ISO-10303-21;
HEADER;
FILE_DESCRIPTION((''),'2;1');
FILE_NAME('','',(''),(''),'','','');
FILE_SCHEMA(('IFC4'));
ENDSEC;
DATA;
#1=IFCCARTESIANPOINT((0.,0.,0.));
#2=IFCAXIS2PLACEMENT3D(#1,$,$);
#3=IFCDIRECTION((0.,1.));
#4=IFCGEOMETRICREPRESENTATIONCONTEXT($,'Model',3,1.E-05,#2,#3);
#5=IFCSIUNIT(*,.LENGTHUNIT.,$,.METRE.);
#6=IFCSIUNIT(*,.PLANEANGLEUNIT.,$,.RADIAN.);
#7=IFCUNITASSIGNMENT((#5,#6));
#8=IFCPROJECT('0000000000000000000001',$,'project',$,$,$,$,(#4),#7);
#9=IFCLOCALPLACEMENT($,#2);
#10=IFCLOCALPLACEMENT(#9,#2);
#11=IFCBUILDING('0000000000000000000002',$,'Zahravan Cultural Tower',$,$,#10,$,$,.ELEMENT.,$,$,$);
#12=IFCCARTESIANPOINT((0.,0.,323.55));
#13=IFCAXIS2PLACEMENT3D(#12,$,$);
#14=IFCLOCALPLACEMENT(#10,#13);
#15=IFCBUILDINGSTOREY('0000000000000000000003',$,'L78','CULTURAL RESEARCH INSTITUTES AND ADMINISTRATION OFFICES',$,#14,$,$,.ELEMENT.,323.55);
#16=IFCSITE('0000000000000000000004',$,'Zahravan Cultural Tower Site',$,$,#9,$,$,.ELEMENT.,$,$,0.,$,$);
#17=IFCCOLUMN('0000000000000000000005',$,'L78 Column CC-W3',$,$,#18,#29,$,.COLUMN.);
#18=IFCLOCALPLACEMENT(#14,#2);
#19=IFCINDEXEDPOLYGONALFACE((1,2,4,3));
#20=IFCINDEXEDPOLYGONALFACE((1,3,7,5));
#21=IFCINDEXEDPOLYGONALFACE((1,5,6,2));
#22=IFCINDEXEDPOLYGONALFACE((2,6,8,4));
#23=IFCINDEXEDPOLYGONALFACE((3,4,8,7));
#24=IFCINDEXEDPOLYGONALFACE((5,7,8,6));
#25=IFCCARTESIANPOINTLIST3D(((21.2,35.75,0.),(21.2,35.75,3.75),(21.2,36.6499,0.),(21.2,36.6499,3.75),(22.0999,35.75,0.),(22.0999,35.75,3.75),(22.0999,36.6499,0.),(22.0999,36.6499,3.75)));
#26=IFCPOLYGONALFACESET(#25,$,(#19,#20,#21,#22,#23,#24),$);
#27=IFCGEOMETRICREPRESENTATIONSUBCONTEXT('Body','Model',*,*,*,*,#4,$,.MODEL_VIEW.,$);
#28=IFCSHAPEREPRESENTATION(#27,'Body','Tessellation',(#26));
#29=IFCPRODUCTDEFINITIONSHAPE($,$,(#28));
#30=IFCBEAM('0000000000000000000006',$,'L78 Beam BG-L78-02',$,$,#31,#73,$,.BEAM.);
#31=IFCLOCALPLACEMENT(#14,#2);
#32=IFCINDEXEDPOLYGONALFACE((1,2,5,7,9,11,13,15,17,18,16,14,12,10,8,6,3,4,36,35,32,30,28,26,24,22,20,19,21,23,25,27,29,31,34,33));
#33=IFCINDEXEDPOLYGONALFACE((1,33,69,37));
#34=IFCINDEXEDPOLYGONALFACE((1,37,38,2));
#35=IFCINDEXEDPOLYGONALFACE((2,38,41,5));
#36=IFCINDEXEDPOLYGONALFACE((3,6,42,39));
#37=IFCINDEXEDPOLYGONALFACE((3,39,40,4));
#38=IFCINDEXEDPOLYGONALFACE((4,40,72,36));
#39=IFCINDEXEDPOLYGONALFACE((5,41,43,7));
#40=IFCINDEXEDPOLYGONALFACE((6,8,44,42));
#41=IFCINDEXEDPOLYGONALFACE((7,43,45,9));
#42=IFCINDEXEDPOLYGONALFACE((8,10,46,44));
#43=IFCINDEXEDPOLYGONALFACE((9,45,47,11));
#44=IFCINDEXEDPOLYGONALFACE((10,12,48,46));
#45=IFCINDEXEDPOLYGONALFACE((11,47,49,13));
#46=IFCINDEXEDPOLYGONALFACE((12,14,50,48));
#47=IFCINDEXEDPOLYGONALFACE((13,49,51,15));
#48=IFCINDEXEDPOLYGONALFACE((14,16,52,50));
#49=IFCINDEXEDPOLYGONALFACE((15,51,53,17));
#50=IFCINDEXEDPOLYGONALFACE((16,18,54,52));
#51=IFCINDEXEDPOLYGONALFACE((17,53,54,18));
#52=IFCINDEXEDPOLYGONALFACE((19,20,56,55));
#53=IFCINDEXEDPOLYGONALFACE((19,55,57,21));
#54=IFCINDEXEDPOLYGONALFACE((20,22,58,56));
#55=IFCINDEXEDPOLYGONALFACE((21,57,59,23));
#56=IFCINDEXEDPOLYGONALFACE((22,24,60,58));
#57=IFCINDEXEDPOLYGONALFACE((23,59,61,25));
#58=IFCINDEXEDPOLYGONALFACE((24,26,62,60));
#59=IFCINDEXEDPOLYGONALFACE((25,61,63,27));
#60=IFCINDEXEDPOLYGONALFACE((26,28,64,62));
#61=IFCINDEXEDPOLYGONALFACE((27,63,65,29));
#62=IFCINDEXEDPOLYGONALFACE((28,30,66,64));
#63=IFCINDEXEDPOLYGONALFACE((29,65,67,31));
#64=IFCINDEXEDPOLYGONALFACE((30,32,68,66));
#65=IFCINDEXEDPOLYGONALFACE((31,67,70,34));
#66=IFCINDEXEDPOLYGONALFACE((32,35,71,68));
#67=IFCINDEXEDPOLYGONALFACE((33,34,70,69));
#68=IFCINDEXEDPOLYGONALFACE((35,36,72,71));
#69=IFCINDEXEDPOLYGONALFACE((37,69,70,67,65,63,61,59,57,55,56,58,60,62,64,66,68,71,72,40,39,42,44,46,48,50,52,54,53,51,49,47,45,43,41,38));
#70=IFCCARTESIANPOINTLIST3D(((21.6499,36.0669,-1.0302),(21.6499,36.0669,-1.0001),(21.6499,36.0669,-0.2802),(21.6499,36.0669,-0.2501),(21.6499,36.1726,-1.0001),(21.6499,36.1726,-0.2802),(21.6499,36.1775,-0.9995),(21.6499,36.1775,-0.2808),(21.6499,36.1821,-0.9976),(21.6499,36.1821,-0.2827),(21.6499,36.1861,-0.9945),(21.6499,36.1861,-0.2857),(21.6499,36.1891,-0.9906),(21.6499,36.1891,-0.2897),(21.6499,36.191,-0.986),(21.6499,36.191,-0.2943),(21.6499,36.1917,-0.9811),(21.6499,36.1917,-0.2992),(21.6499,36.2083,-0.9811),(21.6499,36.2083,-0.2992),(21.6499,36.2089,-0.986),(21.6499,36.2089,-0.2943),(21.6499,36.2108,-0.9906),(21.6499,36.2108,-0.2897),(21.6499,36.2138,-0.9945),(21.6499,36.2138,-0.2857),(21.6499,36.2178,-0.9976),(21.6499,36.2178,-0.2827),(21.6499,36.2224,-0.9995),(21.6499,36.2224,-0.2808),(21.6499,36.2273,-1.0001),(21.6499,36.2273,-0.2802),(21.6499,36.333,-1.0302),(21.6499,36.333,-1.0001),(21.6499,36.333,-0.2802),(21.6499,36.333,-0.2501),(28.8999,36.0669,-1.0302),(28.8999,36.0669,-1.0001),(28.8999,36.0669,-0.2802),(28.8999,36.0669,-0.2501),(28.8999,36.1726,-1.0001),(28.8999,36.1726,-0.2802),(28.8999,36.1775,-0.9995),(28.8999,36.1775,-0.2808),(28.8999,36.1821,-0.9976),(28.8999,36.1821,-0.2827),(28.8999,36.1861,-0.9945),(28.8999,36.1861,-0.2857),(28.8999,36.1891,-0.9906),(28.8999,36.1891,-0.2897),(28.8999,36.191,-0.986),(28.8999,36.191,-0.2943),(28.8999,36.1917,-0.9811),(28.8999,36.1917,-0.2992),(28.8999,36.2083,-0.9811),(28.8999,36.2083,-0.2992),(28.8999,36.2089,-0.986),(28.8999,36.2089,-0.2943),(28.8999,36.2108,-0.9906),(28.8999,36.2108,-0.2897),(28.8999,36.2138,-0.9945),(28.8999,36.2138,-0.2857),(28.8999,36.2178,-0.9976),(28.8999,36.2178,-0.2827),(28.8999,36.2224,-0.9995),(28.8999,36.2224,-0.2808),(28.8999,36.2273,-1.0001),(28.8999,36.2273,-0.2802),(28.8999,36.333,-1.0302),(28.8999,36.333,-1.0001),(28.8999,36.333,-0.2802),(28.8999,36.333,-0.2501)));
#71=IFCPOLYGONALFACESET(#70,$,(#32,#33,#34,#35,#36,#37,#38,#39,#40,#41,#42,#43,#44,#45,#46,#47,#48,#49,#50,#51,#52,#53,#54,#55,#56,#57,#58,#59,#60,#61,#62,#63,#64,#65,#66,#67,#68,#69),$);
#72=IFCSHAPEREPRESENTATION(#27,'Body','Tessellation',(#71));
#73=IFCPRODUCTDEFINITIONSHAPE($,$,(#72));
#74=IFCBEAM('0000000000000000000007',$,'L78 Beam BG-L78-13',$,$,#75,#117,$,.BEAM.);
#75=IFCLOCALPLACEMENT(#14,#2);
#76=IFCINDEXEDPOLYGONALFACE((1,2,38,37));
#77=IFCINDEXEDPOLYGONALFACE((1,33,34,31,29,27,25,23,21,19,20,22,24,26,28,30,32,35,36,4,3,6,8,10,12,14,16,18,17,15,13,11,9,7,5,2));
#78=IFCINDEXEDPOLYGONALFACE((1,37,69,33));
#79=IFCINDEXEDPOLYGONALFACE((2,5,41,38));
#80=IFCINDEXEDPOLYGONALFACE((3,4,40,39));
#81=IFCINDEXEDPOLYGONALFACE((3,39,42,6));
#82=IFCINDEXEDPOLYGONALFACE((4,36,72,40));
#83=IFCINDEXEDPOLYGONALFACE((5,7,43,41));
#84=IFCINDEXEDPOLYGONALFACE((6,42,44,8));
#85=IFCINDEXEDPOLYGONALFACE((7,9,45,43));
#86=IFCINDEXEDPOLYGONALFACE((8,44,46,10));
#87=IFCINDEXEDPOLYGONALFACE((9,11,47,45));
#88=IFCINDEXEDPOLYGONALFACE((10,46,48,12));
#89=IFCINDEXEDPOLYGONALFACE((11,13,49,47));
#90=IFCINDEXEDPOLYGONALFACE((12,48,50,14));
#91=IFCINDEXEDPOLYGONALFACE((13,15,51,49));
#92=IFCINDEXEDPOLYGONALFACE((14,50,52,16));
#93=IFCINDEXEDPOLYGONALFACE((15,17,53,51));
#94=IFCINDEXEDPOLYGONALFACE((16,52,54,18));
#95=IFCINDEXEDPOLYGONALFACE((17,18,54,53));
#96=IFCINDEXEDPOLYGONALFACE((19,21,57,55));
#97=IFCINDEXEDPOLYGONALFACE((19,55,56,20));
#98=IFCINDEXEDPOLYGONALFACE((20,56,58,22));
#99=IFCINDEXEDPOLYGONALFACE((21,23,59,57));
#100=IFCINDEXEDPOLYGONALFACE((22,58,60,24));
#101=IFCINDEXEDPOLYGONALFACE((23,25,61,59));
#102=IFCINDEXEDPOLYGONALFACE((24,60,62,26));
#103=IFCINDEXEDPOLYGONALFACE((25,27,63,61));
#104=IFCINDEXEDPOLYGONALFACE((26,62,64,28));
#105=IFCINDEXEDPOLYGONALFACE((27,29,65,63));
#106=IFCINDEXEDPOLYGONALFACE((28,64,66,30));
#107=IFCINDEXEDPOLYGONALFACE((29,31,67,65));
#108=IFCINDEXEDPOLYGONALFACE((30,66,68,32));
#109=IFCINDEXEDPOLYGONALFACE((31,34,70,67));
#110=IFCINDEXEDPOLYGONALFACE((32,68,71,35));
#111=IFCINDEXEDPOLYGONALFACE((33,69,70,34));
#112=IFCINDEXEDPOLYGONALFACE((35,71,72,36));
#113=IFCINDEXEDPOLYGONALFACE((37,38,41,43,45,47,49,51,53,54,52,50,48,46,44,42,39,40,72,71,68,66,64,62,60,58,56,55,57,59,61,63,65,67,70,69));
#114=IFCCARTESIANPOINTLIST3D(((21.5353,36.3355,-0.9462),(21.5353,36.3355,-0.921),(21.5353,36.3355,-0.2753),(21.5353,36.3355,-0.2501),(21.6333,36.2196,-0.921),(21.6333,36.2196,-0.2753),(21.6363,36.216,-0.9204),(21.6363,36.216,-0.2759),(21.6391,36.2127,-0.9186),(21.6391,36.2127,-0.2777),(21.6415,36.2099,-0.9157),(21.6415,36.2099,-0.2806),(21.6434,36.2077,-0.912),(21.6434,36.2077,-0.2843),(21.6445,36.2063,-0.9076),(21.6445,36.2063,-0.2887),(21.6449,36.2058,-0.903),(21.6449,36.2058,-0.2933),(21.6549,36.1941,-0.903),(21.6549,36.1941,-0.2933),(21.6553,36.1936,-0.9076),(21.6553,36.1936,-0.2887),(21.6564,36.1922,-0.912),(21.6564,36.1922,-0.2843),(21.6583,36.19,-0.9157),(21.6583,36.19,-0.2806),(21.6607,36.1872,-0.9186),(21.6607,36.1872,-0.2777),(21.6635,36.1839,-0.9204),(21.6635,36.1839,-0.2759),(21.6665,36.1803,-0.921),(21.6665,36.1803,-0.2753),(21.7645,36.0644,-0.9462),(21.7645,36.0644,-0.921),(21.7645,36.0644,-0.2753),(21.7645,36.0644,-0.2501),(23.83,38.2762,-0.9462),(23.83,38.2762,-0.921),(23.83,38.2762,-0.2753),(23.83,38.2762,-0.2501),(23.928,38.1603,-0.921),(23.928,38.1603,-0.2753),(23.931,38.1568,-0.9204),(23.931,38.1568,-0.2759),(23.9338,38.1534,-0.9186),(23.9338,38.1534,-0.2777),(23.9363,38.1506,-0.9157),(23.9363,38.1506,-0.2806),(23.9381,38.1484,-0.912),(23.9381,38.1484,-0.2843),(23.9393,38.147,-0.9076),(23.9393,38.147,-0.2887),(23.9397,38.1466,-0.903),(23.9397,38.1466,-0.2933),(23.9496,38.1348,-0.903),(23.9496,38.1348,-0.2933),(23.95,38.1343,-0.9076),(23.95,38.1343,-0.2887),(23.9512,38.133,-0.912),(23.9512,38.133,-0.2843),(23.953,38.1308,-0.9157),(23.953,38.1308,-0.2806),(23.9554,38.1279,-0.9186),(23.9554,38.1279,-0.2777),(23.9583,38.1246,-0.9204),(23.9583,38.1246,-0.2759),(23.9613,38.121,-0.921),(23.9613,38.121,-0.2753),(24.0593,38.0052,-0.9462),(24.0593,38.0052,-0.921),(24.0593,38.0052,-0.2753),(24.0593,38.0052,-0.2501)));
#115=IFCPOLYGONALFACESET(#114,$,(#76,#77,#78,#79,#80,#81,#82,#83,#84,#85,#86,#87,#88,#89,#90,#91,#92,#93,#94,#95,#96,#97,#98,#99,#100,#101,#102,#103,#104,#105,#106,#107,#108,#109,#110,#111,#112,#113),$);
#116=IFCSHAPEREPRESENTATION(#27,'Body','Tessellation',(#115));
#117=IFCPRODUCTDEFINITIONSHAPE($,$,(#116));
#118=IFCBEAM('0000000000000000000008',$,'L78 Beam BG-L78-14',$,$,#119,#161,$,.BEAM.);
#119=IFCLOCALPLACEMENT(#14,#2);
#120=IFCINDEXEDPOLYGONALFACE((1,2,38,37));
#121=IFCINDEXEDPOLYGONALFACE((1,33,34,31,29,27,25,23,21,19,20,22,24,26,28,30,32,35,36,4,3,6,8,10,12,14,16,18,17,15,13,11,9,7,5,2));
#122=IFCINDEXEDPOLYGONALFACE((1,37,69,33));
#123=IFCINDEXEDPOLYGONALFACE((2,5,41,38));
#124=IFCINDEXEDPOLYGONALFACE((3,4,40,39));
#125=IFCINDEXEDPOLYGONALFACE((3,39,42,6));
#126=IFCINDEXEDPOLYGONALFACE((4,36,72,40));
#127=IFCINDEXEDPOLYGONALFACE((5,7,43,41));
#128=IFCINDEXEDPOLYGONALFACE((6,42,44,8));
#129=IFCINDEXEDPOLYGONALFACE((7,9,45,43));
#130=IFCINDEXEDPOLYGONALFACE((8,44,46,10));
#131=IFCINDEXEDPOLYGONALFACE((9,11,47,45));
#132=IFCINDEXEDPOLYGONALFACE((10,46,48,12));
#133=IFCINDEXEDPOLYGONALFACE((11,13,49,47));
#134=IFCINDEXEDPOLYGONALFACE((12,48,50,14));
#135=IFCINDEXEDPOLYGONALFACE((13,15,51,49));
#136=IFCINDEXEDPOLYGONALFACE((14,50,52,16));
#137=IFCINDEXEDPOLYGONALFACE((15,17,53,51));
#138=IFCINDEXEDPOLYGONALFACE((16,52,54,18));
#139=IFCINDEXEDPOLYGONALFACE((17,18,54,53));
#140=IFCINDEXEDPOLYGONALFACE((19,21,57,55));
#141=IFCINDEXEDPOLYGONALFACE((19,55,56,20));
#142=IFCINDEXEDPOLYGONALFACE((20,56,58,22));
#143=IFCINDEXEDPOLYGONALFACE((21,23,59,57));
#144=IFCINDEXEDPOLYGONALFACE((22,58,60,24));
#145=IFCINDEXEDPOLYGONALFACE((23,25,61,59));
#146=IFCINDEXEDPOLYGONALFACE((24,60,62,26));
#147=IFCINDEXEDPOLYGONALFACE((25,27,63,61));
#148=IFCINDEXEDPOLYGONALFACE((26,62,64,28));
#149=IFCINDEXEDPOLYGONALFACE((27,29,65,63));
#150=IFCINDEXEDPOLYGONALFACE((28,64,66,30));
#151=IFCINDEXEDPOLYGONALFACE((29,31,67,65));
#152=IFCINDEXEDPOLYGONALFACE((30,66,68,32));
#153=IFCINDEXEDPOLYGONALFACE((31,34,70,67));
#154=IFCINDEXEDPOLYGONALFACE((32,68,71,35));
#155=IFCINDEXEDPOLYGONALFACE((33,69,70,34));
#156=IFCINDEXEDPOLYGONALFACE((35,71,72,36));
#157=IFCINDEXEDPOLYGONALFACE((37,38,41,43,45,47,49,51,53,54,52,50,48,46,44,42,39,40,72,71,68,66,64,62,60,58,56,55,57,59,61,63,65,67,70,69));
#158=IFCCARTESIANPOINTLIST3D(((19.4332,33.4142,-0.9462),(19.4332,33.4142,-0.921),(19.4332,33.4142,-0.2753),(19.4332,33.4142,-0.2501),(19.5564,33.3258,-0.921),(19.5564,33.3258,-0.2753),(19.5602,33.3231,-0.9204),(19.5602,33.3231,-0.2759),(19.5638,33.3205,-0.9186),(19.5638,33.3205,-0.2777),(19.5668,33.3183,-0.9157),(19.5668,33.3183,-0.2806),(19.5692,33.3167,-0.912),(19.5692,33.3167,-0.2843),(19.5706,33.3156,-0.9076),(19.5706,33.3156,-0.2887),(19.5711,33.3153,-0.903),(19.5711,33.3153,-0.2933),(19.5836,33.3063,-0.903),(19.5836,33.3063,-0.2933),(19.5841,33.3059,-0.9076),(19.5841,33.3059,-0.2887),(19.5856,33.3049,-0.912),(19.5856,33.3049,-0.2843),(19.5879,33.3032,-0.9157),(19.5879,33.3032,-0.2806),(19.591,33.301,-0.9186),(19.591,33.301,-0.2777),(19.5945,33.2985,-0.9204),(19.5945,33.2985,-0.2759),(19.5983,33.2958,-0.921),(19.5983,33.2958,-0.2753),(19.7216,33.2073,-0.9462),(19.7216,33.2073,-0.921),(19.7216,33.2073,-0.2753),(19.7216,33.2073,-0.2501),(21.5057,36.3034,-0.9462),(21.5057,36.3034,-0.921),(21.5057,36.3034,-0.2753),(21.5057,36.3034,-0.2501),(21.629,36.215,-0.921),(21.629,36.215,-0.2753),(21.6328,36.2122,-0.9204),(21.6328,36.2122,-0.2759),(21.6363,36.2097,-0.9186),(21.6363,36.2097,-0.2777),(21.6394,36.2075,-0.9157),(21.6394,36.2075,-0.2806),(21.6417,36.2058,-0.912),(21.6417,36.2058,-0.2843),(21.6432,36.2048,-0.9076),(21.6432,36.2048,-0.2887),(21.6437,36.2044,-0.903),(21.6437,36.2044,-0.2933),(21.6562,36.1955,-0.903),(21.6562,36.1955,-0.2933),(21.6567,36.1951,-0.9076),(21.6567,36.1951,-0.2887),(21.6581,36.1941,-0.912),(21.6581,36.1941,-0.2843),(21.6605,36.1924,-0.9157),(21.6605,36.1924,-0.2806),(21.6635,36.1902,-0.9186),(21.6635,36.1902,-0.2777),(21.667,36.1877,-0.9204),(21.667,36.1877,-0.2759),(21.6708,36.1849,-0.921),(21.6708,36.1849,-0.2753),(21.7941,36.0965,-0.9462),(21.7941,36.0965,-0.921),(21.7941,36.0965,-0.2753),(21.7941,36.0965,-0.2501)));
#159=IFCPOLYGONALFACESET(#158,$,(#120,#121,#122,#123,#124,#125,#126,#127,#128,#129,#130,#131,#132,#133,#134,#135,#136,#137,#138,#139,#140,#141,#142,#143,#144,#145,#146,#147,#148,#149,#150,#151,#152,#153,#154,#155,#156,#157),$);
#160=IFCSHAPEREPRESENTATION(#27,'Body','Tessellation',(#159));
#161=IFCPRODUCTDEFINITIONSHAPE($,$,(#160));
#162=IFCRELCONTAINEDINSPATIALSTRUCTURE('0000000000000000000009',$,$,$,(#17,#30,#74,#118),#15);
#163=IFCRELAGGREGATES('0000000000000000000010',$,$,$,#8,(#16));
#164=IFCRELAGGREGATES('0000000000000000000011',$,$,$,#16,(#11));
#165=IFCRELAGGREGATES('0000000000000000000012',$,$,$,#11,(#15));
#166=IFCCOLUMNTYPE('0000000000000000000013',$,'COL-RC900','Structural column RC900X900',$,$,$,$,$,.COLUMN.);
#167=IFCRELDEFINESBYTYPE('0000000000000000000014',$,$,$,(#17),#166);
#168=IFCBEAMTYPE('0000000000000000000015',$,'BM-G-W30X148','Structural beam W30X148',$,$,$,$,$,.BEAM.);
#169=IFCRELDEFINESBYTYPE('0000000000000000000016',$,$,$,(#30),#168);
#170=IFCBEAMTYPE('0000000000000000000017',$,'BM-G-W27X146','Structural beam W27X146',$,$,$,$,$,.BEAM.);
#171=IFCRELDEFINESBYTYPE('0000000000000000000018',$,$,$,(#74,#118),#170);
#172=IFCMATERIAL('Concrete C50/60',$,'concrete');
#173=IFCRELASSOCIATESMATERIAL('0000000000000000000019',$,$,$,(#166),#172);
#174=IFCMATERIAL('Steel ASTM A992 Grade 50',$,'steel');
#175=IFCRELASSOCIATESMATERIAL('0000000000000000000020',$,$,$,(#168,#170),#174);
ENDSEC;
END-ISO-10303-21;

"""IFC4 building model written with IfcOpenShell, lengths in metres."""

from ifc_helpers import new_model, si_unit, direction, frame, origin, origin_2d, place, context, subcontext, project, spatial, rectangle, i_section, extrude, source, transform, mapped, material, material_profile, profile_set, type_object, element, save


model = new_model("IFC4")

# Units and contexts
model_context = context("Model", 3, precision=1e-05, world=origin(), true_north=direction((0.0, 1.0)))
body_context = subcontext(model_context, "Body", "Model", "MODEL_VIEW")
ifc_project = project(units=[si_unit("LENGTHUNIT", "METRE"), si_unit("PLANEANGLEUNIT", "RADIAN")], contexts=[model_context])

# Site, building, storey
site_placement = place(None, origin())
site = spatial("IfcSite", under=ifc_project, at=site_placement, Name="Zahravan Cultural Tower Site", CompositionType="ELEMENT", RefElevation=0.0)
building_placement = place(site_placement, origin())
building = spatial("IfcBuilding", under=site, at=building_placement, Name="Zahravan Cultural Tower", CompositionType="ELEMENT")
storey_placement = place(building_placement, frame((0.0, 0.0, 323.55)))
storey = spatial("IfcBuildingStorey", under=building, at=storey_placement, Name="L78", Description="CULTURAL RESEARCH INSTITUTES AND ADMINISTRATION OFFICES", CompositionType="ELEMENT", Elevation=323.55)

# Column
ifc_material_1 = material(Name="Concrete C50/60", Category="concrete")
ifc_material_profile_1 = material_profile(ifc_material_1, rectangle(XDim=0.8999, YDim=0.8999, at=origin_2d()), Name="RC900X900")
ifc_profile_set_1 = profile_set([ifc_material_profile_1], Name="Concrete C50/60")
column_type = type_object("IfcColumnType", Name="COL-RC900", Description="Structural column RC900X900", PredefinedType="COLUMN", material=ifc_profile_set_1)
shared_shape_1 = source(origin(), body_context, "Body", "SweptSolid", [
    extrude(rectangle(XDim=0.8999, YDim=0.8999, at=origin_2d()), origin(), (0.0, 0.0, 1.0), 3.75),
])
column_placement = place(storey_placement, frame((21.6499, 36.2, 0.0), z_axis=(0.0, 0.0, 1.0), x_axis=(1.0, 0.0, 0.0)))
element("IfcColumn", 1, at=column_placement, inside=storey, type_object=column_type, Name="L78 Column CC-W3", PredefinedType="COLUMN", context=body_context, shape_type="MappedRepresentation", body=[
    mapped(shared_shape_1, transform((0.0, 0.0, 0.0), x_axis=(1.0, 0.0, 0.0), y_axis=(0.0, 1.0, 0.0), z_axis=(0.0, 0.0, 1.0), scale=1.0)),
])

# Beams
ifc_material_2 = material(Name="Steel ASTM A992 Grade 50", Category="steel")
ifc_material_profile_2 = material_profile(ifc_material_2, i_section(OverallWidth=0.2661, OverallDepth=0.78, WebThickness=0.0166, FlangeThickness=0.03, FilletRadius=0.019, at=origin_2d()), Name="W30X148")
ifc_profile_set_2 = profile_set([ifc_material_profile_2], Name="Steel ASTM A992 Grade 50")
beam_type_1 = type_object("IfcBeamType", Name="BM-G-W30X148", Description="Structural beam W30X148", PredefinedType="BEAM", material=ifc_profile_set_2)
shared_shape_2 = source(origin(), body_context, "Body", "SweptSolid", [
    extrude(i_section(OverallWidth=0.2661, OverallDepth=0.78, WebThickness=0.0166, FlangeThickness=0.03, FilletRadius=0.019, at=origin_2d()), origin(), (0.0, 0.0, 1.0), 7.25),
])
beam_1_placement = place(storey_placement, frame((21.6499, 36.2, -0.6401), z_axis=(1.0, 0.0, 0.0), x_axis=(0.0, 1.0, 0.0)))
element("IfcBeam", 2, at=beam_1_placement, inside=storey, type_object=beam_type_1, Name="L78 Beam BG-L78-02", PredefinedType="BEAM", context=body_context, shape_type="MappedRepresentation", body=[
    mapped(shared_shape_2, transform((0.0, 0.0, 0.0), x_axis=(1.0, 0.0, 0.0), y_axis=(0.0, 1.0, 0.0), z_axis=(0.0, 0.0, 1.0), scale=1.0)),
])
ifc_material_profile_3 = material_profile(ifc_material_2, i_section(OverallWidth=0.355, OverallDepth=0.696, WebThickness=0.0154, FlangeThickness=0.0251, FilletRadius=0.0181, at=origin_2d()), Name="W27X146")
ifc_profile_set_3 = profile_set([ifc_material_profile_3], Name="Steel ASTM A992 Grade 50")
beam_type_2 = type_object("IfcBeamType", Name="BM-G-W27X146", Description="Structural beam W27X146", PredefinedType="BEAM", material=ifc_profile_set_3)
shared_shape_3 = source(origin(), body_context, "Body", "SweptSolid", [
    extrude(i_section(OverallWidth=0.355, OverallDepth=0.696, WebThickness=0.0154, FlangeThickness=0.0251, FilletRadius=0.0181, at=origin_2d()), origin(), (0.0, 0.0, 1.0), 3.0054),
])
beam_2_placement = place(storey_placement, frame((21.6499, 36.2, -0.5981), z_axis=(0.763546, 0.645753, 0.0), x_axis=(-0.645753, 0.763546, 0.0)))
element("IfcBeam", 3, at=beam_2_placement, inside=storey, type_object=beam_type_2, Name="L78 Beam BG-L78-13", PredefinedType="BEAM", context=body_context, shape_type="MappedRepresentation", body=[
    mapped(shared_shape_3, transform((0.0, 0.0, 0.0), x_axis=(1.0, 0.0, 0.0), y_axis=(0.0, 1.0, 0.0), z_axis=(0.0, 0.0, 1.0), scale=1.0)),
])
shared_shape_4 = source(origin(), body_context, "Body", "SweptSolid", [
    extrude(i_section(OverallWidth=0.355, OverallDepth=0.696, WebThickness=0.0154, FlangeThickness=0.0251, FilletRadius=0.0181, at=origin_2d()), origin(), (0.0, 0.0, 1.0), 3.5557),
])
beam_3_placement = place(storey_placement, frame((21.6499, 36.2, -0.5981), z_axis=(-0.58288, -0.812558, 0.0), x_axis=(0.812558, -0.58288, 0.0)))
element("IfcBeam", 4, at=beam_3_placement, inside=storey, type_object=beam_type_2, Name="L78 Beam BG-L78-14", PredefinedType="BEAM", context=body_context, shape_type="MappedRepresentation", body=[
    mapped(shared_shape_4, transform((0.0, 0.0, 0.0), x_axis=(1.0, 0.0, 0.0), y_axis=(0.0, 1.0, 0.0), z_axis=(0.0, 0.0, 1.0), scale=1.0)),
])

save(model, "model.ifc")
